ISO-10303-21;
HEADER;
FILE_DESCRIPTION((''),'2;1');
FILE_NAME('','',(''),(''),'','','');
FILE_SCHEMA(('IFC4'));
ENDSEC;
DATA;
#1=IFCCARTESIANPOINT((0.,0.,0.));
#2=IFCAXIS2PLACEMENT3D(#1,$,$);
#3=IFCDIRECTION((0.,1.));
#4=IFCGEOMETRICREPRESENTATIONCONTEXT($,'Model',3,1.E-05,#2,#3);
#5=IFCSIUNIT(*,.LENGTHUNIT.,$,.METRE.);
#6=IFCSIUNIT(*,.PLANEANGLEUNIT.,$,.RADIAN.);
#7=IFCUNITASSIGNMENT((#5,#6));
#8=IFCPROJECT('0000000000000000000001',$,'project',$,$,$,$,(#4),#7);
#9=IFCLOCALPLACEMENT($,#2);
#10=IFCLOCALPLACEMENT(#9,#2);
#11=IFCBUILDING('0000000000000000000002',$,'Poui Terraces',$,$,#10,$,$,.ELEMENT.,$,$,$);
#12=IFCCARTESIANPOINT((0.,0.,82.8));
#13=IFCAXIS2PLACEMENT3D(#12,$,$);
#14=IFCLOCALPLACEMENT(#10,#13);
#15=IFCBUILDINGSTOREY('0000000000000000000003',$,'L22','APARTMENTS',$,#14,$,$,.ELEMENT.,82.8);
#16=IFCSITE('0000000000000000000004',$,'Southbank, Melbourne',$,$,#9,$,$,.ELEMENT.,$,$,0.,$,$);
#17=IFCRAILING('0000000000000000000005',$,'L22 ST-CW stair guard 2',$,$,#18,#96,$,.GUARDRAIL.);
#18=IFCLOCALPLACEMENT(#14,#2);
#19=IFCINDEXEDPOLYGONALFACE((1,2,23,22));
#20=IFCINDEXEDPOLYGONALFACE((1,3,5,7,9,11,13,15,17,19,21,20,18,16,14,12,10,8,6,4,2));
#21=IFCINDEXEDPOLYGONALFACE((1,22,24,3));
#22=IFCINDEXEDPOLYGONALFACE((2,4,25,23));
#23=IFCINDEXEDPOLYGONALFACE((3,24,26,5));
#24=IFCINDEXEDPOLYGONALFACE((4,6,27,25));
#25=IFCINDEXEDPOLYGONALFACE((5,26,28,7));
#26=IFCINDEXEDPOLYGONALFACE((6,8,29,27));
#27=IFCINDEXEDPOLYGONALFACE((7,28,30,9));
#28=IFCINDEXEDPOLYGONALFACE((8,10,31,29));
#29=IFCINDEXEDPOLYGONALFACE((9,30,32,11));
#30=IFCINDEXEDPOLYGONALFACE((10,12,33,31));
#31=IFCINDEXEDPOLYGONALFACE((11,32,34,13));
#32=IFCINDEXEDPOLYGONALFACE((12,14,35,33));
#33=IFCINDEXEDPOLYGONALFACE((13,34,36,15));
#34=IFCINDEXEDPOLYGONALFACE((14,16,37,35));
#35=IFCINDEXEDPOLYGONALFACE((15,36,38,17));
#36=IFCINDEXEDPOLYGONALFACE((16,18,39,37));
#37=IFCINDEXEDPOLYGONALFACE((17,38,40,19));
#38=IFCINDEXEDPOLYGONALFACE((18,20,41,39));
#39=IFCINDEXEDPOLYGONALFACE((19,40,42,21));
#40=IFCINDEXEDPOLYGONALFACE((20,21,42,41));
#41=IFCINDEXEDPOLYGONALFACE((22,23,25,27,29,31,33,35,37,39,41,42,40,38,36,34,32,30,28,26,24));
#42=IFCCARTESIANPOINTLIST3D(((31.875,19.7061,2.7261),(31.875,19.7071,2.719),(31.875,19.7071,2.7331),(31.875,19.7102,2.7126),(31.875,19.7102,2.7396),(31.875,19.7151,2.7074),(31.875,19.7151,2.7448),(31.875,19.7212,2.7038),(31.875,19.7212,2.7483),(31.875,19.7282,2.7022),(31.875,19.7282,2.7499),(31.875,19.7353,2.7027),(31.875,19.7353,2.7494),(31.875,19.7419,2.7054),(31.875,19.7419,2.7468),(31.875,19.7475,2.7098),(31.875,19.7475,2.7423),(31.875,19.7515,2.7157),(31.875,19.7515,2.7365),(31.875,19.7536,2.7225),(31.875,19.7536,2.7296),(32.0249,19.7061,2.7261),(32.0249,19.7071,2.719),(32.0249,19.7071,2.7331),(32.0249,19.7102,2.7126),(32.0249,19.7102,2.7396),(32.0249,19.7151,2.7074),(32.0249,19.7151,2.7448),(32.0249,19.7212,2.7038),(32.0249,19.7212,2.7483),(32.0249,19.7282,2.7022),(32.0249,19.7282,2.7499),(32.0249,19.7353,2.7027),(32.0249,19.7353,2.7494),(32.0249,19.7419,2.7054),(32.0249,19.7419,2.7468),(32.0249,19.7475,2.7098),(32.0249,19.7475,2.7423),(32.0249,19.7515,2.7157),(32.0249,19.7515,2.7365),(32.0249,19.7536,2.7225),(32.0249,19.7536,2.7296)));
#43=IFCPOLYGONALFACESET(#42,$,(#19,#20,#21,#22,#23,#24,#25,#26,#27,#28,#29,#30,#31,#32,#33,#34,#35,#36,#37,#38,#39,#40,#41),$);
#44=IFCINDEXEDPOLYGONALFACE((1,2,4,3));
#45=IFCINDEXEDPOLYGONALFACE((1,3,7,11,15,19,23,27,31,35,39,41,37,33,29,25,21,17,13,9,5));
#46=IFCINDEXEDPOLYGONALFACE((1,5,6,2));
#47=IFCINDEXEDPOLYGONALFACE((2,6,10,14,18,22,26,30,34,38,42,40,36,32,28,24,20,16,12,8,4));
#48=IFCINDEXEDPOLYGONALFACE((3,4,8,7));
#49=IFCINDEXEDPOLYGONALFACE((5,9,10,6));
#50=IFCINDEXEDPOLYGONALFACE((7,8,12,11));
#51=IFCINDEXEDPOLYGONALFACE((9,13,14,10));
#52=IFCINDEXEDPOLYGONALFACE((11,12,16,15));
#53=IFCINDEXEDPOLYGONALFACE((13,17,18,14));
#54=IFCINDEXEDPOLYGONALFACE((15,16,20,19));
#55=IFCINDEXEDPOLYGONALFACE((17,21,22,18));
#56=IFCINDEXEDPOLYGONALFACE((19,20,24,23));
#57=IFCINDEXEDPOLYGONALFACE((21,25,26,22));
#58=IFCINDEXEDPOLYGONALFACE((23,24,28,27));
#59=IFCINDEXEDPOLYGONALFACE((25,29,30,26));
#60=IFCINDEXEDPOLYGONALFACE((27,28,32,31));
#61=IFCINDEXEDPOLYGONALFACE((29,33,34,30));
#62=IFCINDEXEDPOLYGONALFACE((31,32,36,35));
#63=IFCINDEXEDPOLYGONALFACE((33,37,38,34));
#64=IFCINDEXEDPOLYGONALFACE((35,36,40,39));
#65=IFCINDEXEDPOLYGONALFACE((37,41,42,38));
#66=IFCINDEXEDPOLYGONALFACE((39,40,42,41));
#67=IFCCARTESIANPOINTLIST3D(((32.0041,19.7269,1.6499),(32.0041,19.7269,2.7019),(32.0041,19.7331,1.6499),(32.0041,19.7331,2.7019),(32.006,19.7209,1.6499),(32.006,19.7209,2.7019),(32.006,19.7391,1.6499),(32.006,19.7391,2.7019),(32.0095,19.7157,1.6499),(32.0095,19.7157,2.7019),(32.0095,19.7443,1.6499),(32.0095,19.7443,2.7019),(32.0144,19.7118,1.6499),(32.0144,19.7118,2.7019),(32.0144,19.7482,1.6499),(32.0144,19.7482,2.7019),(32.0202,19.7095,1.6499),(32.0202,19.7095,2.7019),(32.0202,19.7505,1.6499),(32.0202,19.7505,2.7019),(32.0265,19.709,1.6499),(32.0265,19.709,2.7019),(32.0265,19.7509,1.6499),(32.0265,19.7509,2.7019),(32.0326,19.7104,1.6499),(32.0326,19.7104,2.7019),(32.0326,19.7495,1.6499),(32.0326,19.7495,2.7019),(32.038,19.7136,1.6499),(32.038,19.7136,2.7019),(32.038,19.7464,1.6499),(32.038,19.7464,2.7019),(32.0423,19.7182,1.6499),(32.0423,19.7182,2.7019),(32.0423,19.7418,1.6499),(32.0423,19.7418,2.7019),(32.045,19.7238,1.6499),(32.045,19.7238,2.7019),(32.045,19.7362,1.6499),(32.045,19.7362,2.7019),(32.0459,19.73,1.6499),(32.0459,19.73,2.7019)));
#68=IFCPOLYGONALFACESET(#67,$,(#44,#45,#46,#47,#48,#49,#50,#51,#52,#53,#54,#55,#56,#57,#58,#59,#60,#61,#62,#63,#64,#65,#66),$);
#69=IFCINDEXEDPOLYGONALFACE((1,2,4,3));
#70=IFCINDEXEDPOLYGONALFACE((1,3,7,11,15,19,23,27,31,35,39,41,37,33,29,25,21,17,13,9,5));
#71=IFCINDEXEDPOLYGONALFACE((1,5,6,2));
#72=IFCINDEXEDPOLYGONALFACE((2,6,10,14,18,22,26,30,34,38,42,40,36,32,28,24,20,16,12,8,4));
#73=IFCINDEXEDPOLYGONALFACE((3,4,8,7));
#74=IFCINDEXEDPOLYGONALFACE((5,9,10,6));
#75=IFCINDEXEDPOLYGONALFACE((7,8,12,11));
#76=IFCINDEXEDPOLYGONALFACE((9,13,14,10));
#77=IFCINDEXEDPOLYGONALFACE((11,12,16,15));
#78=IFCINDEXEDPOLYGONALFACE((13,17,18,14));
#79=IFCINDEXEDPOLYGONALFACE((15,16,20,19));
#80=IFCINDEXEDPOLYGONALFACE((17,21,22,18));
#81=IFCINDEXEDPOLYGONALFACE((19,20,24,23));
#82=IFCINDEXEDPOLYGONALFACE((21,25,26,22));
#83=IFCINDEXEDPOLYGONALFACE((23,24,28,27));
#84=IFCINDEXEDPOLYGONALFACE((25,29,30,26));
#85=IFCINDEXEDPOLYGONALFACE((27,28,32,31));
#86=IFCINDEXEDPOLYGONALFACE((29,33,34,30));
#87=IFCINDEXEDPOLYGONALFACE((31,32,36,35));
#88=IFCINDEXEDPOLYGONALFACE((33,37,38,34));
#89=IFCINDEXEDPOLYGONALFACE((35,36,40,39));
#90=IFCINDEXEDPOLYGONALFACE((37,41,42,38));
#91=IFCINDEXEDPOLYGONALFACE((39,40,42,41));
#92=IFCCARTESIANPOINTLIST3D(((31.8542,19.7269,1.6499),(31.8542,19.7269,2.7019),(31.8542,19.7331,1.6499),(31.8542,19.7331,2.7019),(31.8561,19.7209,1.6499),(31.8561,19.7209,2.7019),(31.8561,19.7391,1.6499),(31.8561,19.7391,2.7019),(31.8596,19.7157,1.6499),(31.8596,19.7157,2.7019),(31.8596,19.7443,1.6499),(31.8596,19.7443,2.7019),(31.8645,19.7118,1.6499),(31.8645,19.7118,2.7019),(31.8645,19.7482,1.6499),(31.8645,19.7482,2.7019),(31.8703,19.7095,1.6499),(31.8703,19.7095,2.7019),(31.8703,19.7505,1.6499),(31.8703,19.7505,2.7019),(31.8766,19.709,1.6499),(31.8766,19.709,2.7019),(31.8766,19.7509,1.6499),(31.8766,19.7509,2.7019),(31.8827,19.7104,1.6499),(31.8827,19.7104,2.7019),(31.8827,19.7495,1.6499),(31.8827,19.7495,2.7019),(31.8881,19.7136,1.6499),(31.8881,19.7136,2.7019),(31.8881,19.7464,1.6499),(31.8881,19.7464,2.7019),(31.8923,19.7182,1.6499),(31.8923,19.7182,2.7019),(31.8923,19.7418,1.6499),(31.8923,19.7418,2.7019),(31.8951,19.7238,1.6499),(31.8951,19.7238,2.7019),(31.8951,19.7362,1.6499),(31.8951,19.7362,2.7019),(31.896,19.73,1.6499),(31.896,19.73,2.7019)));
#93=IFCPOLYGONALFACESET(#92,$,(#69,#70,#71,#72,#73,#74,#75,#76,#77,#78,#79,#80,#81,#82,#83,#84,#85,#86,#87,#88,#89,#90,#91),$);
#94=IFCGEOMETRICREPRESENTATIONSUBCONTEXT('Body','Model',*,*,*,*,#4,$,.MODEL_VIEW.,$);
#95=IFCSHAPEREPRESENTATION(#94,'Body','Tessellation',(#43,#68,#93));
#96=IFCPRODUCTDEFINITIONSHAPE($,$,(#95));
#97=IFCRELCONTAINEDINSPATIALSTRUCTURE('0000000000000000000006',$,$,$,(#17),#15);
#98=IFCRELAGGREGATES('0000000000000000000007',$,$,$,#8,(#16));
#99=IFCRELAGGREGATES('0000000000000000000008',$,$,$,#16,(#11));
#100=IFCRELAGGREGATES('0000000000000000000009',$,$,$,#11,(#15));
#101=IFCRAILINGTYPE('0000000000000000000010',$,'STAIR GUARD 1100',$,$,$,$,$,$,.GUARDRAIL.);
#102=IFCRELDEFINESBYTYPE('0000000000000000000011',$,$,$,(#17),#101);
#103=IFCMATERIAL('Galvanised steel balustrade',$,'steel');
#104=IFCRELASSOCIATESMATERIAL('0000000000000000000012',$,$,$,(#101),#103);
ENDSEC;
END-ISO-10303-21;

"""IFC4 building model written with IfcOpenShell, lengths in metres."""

from ifc_helpers import new_model, si_unit, direction, frame, origin, origin_2d, place, context, subcontext, project, spatial, circle, extrude, material, type_object, element, save


model = new_model("IFC4")

# Units and contexts
model_context = context("Model", 3, precision=1e-05, world=origin(), true_north=direction((0.0, 1.0)))
body_context = subcontext(model_context, "Body", "Model", "MODEL_VIEW")
ifc_project = project(units=[si_unit("LENGTHUNIT", "METRE"), si_unit("PLANEANGLEUNIT", "RADIAN")], contexts=[model_context])

# Site, building, storey
site_placement = place(None, origin())
site = spatial("IfcSite", under=ifc_project, at=site_placement, Name="Southbank, Melbourne", CompositionType="ELEMENT", RefElevation=0.0)
building_placement = place(site_placement, origin())
building = spatial("IfcBuilding", under=site, at=building_placement, Name="Poui Terraces", CompositionType="ELEMENT")
storey_placement = place(building_placement, frame((0.0, 0.0, 82.8)))
storey = spatial("IfcBuildingStorey", under=building, at=storey_placement, Name="L22", Description="APARTMENTS", CompositionType="ELEMENT", Elevation=82.8)

# Railing
ifc_material_1 = material(Name="Galvanised steel balustrade", Category="steel")
railing_type_1 = type_object("IfcRailingType", Name="STAIR GUARD 1100", PredefinedType="GUARDRAIL", material=ifc_material_1)
railing_1_placement = place(storey_placement, frame((32.0249, 19.73, 1.6499)))
element("IfcRailing", 1, at=railing_1_placement, inside=storey, type_object=railing_type_1, Name="L22 ST-CW stair guard 2", PredefinedType="GUARDRAIL", context=body_context, shape_type="SweptSolid", body=[
    extrude(circle(Radius=0.0239, at=origin_2d()), frame((0.0, 0.0, 1.0762), z_axis=(-1.0, 0.0, 0.0), x_axis=(0.0, -1.0, 0.0)), (0.0, 0.0, 1.0), 0.1499),
    extrude(circle(Radius=0.021, at=origin_2d()), origin(), (0.0, 0.0, 1.0), 1.052),
    extrude(circle(Radius=0.021, at=origin_2d()), frame((-0.1499, 0.0, 0.0)), (0.0, 0.0, 1.0), 1.052),
])

save(model, "model.ifc")
